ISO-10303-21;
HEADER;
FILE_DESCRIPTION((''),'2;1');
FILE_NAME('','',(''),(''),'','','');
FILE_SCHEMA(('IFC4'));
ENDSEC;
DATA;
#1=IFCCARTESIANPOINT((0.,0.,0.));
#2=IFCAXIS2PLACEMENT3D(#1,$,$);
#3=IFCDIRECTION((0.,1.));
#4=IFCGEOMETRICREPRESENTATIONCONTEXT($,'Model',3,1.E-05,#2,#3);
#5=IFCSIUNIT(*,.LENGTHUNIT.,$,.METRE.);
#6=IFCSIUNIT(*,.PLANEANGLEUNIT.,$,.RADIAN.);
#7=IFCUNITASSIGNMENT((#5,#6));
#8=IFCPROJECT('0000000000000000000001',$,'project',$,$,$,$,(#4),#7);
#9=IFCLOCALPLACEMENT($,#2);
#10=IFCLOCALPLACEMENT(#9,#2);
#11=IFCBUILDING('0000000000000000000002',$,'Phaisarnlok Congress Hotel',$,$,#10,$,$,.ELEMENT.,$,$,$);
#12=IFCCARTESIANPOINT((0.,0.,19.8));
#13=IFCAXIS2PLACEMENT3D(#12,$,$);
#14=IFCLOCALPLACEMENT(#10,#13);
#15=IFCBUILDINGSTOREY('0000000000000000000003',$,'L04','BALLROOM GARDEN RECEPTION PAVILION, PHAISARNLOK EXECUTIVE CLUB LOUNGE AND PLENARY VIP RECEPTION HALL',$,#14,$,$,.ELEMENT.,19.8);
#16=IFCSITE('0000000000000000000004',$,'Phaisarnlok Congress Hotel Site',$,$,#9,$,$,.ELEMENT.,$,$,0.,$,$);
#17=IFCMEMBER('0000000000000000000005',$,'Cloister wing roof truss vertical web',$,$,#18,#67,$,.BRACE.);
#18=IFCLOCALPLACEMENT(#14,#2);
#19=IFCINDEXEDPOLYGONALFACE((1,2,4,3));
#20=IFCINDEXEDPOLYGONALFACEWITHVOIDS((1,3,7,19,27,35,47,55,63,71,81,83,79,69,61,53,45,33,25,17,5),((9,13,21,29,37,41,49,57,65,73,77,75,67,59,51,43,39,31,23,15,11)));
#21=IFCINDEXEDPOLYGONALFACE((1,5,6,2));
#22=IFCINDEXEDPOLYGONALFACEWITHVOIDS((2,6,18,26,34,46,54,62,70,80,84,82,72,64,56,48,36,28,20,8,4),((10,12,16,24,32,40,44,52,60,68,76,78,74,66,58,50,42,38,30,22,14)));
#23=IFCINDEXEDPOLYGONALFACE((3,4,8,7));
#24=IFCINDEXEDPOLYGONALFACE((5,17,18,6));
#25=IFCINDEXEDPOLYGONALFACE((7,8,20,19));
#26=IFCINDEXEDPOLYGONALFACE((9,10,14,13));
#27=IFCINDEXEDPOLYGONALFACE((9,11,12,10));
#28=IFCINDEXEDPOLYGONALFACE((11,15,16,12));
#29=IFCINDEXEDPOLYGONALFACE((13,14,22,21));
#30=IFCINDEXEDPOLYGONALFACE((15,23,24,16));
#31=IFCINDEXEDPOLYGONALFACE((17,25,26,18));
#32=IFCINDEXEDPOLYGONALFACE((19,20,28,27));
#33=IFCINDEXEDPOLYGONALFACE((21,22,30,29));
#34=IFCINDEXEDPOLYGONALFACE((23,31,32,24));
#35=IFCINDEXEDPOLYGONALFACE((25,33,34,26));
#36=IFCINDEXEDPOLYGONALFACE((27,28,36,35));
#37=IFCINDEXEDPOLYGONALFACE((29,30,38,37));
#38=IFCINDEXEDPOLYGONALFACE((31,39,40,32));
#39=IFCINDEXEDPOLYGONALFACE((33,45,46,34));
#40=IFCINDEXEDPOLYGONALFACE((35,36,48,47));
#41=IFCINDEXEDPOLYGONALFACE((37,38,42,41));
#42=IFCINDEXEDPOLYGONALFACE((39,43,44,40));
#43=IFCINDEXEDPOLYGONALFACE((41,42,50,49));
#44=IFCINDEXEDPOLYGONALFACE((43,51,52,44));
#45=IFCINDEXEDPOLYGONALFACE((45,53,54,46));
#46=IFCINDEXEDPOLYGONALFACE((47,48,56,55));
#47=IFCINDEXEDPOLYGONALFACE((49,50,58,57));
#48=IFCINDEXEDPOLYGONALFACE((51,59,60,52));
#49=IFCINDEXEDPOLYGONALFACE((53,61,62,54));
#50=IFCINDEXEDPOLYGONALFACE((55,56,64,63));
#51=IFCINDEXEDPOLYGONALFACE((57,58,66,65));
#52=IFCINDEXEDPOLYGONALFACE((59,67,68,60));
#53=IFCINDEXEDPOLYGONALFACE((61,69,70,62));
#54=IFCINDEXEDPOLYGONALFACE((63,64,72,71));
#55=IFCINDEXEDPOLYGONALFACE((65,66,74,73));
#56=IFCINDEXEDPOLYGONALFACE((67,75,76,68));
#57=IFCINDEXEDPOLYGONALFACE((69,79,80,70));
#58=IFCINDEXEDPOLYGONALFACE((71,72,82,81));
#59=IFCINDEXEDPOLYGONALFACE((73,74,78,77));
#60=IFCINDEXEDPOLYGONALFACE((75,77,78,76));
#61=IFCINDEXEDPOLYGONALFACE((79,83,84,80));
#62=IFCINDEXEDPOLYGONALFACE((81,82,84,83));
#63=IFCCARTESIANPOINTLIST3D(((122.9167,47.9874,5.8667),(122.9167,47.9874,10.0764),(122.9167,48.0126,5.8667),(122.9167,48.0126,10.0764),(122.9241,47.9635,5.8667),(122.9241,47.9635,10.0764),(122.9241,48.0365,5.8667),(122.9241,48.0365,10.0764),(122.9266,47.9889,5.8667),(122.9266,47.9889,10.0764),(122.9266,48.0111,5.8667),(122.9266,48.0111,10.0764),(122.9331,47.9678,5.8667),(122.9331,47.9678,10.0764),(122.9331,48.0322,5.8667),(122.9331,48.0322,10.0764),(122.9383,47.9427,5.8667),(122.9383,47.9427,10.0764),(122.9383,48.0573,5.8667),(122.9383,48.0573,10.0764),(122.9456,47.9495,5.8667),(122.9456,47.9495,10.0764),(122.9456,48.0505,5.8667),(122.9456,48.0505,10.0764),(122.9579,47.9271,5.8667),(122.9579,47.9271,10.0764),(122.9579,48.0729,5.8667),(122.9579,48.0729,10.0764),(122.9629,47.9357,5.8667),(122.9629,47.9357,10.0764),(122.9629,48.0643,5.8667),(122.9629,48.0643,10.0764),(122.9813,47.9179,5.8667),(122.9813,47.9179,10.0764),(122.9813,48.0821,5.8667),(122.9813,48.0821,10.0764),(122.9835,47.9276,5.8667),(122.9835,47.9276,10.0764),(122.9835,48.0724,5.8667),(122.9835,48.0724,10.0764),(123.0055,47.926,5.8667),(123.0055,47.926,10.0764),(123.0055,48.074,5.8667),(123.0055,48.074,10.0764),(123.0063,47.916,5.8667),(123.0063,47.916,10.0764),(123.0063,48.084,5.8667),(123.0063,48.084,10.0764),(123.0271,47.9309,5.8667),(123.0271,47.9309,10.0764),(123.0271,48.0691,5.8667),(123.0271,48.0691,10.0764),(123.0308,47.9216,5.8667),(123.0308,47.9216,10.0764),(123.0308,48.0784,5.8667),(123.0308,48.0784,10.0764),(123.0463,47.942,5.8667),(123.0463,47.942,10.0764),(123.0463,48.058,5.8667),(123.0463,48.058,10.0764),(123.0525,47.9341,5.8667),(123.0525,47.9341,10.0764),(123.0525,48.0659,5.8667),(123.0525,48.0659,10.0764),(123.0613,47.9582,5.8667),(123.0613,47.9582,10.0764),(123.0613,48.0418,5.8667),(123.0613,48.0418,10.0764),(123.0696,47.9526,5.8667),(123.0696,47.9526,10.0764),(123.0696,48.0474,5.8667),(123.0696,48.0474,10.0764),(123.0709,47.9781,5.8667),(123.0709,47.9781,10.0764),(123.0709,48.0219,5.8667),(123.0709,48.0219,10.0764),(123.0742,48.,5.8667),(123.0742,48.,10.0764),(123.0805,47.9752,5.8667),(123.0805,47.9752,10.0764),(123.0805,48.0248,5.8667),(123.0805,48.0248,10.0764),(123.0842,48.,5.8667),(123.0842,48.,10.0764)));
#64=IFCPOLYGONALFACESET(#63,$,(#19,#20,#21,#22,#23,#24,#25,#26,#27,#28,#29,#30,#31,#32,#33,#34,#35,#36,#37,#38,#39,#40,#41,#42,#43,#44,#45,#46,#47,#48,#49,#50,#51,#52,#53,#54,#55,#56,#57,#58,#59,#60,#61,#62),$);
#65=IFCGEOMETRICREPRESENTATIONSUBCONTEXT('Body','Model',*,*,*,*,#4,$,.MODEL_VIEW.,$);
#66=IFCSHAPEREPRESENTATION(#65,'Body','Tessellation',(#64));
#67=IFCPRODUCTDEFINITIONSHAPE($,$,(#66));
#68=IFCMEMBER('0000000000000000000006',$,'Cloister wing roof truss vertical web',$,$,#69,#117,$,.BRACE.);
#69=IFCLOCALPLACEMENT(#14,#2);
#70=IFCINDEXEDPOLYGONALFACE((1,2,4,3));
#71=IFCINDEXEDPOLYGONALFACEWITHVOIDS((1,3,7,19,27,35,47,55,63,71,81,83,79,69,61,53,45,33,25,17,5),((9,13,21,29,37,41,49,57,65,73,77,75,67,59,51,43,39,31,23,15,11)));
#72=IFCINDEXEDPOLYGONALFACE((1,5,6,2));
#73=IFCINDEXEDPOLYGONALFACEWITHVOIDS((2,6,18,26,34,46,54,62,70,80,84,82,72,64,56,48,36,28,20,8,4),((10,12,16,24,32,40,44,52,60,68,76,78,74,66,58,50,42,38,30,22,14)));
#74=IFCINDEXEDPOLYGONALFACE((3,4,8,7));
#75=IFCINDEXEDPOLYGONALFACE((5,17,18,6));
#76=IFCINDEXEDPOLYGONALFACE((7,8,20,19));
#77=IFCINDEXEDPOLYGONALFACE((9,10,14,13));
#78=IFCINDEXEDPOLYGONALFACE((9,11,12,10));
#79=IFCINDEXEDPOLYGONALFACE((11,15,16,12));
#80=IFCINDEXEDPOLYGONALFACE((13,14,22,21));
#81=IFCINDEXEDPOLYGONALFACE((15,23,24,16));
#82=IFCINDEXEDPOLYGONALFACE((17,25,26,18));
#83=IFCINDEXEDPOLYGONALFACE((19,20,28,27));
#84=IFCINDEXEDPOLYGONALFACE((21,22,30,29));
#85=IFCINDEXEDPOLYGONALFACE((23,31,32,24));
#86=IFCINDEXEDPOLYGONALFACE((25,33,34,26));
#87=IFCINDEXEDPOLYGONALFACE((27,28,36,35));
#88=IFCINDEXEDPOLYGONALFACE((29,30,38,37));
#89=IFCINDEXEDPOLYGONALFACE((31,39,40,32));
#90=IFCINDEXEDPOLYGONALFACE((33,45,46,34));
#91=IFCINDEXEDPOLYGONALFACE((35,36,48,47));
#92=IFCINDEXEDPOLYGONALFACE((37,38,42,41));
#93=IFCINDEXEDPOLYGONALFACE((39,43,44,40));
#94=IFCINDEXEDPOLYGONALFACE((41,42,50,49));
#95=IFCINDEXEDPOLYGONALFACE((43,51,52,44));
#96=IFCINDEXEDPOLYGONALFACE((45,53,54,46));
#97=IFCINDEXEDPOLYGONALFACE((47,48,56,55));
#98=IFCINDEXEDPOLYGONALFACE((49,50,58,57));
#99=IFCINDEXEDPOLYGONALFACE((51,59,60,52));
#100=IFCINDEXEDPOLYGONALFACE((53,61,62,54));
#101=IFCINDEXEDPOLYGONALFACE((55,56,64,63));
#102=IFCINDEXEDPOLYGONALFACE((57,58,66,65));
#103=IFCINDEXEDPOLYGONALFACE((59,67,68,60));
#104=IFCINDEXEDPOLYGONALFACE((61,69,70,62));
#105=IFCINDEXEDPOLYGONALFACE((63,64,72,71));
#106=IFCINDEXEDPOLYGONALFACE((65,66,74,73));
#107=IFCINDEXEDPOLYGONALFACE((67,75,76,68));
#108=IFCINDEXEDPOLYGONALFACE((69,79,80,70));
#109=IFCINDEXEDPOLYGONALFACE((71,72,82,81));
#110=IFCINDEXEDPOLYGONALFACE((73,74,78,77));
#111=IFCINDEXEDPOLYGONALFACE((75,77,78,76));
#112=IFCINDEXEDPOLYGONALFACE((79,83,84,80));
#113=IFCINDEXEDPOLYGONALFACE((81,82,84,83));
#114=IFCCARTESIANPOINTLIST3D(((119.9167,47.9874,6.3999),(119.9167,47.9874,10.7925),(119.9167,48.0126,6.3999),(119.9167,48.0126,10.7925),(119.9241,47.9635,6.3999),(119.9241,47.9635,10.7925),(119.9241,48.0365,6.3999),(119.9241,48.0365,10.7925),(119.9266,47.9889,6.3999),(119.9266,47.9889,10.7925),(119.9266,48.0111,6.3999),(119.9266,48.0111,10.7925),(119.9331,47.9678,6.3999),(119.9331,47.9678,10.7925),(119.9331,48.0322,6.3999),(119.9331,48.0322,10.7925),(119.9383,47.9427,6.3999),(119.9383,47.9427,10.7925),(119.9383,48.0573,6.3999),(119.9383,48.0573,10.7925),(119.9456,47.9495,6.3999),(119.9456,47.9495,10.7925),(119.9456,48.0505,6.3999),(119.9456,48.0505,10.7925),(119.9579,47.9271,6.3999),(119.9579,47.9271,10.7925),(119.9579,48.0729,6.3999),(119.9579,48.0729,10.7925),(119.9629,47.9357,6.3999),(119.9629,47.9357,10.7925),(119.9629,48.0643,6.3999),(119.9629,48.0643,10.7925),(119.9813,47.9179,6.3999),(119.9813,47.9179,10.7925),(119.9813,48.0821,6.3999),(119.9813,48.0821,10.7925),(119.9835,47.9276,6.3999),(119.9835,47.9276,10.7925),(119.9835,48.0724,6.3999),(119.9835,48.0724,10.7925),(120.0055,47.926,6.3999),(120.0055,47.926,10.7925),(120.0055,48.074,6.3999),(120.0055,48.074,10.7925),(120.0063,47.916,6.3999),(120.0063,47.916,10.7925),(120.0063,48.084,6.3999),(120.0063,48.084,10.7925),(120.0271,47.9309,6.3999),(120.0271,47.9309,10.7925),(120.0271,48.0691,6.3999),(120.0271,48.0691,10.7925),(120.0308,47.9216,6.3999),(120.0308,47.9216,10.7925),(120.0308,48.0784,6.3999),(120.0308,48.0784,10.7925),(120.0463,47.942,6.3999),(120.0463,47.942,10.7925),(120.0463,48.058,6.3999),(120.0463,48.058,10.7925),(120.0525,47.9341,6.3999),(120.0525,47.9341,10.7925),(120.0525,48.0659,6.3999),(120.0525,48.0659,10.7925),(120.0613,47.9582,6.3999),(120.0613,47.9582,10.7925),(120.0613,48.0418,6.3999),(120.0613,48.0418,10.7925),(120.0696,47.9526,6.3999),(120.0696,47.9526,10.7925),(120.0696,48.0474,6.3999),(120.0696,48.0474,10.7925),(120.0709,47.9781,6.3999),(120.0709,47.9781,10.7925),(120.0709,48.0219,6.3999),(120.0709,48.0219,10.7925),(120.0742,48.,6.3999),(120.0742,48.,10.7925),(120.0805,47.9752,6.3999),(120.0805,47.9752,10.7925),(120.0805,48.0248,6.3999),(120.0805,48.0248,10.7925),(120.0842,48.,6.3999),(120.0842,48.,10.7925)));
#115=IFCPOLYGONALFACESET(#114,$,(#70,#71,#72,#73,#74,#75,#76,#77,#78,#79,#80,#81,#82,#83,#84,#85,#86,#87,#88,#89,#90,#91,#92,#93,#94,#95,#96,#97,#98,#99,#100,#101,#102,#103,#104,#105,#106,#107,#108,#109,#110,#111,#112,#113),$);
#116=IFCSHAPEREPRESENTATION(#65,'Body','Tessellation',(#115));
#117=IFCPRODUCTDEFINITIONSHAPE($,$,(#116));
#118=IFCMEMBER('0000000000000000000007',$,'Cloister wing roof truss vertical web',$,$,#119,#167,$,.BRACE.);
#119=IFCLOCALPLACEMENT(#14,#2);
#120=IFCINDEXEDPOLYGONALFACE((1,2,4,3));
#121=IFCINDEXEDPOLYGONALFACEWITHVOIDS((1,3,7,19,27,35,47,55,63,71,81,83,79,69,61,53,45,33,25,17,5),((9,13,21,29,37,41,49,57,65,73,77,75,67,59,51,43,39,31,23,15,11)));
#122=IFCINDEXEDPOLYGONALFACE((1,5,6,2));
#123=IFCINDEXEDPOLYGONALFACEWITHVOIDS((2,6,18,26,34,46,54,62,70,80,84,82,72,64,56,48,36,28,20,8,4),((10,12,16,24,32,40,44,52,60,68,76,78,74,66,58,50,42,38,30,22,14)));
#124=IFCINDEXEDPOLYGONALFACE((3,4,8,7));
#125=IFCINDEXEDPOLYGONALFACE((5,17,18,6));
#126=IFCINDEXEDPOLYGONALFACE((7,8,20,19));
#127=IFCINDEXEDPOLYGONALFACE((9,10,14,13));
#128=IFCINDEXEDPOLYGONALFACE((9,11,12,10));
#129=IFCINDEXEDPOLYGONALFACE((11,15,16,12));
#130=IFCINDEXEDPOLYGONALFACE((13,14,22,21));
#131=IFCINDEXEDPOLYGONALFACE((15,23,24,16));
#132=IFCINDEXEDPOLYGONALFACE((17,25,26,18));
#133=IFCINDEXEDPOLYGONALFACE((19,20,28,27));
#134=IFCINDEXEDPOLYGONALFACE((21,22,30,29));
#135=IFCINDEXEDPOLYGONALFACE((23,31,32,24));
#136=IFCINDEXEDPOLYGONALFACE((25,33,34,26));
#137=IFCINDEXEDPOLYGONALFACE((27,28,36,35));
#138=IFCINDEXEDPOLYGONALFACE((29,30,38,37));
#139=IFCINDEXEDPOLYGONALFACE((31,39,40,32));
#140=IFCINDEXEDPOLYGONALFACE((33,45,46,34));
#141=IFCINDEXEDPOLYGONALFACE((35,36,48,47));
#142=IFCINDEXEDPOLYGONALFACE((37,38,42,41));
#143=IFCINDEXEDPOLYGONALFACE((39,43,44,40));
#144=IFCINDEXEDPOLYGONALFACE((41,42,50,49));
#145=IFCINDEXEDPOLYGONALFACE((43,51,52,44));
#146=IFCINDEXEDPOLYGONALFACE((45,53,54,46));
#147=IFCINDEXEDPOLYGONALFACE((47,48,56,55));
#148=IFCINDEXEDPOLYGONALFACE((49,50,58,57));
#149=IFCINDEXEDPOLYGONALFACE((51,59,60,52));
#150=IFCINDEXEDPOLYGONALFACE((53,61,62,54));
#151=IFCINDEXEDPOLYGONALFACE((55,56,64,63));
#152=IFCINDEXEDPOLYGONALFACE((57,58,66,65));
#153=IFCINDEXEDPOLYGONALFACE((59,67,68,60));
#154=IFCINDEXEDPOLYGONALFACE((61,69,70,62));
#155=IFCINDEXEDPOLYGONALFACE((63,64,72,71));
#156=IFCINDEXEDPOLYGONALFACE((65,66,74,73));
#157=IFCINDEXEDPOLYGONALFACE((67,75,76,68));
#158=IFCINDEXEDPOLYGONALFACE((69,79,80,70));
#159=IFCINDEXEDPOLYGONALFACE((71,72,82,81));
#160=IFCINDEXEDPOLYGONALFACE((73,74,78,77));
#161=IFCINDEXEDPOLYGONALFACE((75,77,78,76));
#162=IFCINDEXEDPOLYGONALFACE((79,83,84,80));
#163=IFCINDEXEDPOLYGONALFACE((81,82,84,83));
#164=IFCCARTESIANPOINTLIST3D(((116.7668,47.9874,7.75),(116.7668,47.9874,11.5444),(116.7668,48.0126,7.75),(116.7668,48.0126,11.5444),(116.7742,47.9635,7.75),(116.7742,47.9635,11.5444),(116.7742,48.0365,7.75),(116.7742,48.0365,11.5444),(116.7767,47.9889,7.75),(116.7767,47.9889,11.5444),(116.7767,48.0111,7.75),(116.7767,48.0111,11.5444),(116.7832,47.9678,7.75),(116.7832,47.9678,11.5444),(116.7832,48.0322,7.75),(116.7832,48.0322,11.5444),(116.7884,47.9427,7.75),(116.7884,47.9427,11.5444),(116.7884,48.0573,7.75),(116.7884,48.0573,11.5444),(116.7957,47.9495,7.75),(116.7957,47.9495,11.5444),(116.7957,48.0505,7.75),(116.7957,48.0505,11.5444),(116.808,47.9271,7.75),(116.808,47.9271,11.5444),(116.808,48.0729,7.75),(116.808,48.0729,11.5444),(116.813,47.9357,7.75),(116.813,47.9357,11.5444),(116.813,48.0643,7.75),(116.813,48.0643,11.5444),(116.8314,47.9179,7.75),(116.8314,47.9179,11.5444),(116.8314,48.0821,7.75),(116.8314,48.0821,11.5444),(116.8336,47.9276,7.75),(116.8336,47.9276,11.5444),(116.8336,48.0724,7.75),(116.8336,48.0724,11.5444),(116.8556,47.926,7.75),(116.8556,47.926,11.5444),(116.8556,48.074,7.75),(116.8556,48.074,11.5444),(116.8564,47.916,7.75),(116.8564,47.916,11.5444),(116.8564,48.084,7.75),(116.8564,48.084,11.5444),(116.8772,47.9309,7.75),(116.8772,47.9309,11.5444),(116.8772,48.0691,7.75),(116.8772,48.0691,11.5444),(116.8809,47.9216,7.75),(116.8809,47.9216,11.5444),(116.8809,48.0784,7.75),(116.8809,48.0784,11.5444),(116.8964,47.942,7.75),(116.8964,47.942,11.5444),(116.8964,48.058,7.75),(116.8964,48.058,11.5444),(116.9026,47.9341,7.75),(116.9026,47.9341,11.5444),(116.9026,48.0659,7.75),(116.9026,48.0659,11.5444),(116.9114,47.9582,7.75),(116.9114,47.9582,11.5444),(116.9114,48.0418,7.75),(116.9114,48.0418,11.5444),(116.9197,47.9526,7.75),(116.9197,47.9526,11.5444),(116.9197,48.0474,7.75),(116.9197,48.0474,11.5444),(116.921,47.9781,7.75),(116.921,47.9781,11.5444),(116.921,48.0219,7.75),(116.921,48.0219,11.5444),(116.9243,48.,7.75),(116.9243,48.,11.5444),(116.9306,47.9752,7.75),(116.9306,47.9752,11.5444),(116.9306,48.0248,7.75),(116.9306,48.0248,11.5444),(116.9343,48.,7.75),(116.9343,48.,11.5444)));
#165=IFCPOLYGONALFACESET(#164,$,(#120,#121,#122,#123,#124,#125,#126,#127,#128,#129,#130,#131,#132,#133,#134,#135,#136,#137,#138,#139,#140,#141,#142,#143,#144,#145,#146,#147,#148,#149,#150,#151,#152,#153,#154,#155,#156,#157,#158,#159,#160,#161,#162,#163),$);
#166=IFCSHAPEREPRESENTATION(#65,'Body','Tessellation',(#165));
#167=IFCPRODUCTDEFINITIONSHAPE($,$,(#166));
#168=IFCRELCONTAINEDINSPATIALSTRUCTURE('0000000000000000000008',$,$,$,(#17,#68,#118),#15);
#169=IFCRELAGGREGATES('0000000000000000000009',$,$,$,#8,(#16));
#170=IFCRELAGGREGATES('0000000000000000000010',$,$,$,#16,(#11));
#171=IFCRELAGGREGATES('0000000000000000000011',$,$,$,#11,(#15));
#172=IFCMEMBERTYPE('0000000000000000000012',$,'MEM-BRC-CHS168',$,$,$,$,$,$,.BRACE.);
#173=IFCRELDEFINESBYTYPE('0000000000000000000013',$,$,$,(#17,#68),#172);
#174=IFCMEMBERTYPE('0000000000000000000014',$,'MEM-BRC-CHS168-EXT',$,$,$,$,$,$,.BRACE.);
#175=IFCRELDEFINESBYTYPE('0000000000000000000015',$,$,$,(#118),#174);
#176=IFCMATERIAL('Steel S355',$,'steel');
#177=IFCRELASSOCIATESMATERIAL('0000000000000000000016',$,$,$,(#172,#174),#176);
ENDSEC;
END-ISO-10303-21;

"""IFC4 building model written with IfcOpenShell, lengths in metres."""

from ifc_helpers import new_model, si_unit, direction, frame, origin, origin_2d, place, context, subcontext, project, spatial, hollow_circle, extrude, material, material_profile, profile_set, type_object, element, save


model = new_model("IFC4")

# Units and contexts
model_context = context("Model", 3, precision=1e-05, world=origin(), true_north=direction((0.0, 1.0)))
body_context = subcontext(model_context, "Body", "Model", "MODEL_VIEW")
ifc_project = project(units=[si_unit("LENGTHUNIT", "METRE"), si_unit("PLANEANGLEUNIT", "RADIAN")], contexts=[model_context])

# Site, building, storey
site_placement = place(None, origin())
site = spatial("IfcSite", under=ifc_project, at=site_placement, Name="Phaisarnlok Congress Hotel Site", CompositionType="ELEMENT", RefElevation=0.0)
building_placement = place(site_placement, origin())
building = spatial("IfcBuilding", under=site, at=building_placement, Name="Phaisarnlok Congress Hotel", CompositionType="ELEMENT")
storey_placement = place(building_placement, frame((0.0, 0.0, 19.8)))
storey = spatial("IfcBuildingStorey", under=building, at=storey_placement, Name="L04", Description="BALLROOM GARDEN RECEPTION PAVILION, PHAISARNLOK EXECUTIVE CLUB LOUNGE AND PLENARY VIP RECEPTION HALL", CompositionType="ELEMENT", Elevation=19.8)

# Shared definitions
ifc_material_1 = material(Name="Steel S355", Category="steel")

# Members
ifc_material_profile_1 = material_profile(ifc_material_1, hollow_circle(Radius=0.0842, WallThickness=0.01, at=origin_2d()), Name="CHS 168.3x10")
ifc_profile_set_1 = profile_set([ifc_material_profile_1], Name="Steel S355")
member_type_1 = type_object("IfcMemberType", Name="MEM-BRC-CHS168", PredefinedType="BRACE", material=ifc_profile_set_1)
member_1_placement = place(storey_placement, frame((123.0, 48.0, 5.8667), z_axis=(0.0, 0.0, 1.0), x_axis=(1.0, 0.0, 0.0)))
element("IfcMember", 1, at=member_1_placement, inside=storey, type_object=member_type_1, Name="Cloister wing roof truss vertical web", PredefinedType="BRACE", context=body_context, shape_type="SweptSolid", body=[
    extrude(hollow_circle(Radius=0.0842, WallThickness=0.01, at=origin_2d()), origin(), (0.0, 0.0, 1.0), 4.2097),
])
member_2_placement = place(storey_placement, frame((120.0, 48.0, 6.3999), z_axis=(0.0, 0.0, 1.0), x_axis=(1.0, 0.0, 0.0)))
element("IfcMember", 2, at=member_2_placement, inside=storey, type_object=member_type_1, Name="Cloister wing roof truss vertical web", PredefinedType="BRACE", context=body_context, shape_type="SweptSolid", body=[
    extrude(hollow_circle(Radius=0.0842, WallThickness=0.01, at=origin_2d()), origin(), (0.0, 0.0, 1.0), 4.3926),
])
ifc_material_profile_2 = material_profile(ifc_material_1, hollow_circle(Radius=0.0842, WallThickness=0.01, at=origin_2d()), Name="CHS 168.3x10")
ifc_profile_set_2 = profile_set([ifc_material_profile_2], Name="Steel S355")
member_type_2 = type_object("IfcMemberType", Name="MEM-BRC-CHS168-EXT", PredefinedType="BRACE", material=ifc_profile_set_2)
member_3_placement = place(storey_placement, frame((116.8501, 48.0, 7.75), z_axis=(0.0, 0.0, 1.0), x_axis=(1.0, 0.0, 0.0)))
element("IfcMember", 3, at=member_3_placement, inside=storey, type_object=member_type_2, Name="Cloister wing roof truss vertical web", PredefinedType="BRACE", context=body_context, shape_type="SweptSolid", body=[
    extrude(hollow_circle(Radius=0.0842, WallThickness=0.01, at=origin_2d()), origin(), (0.0, 0.0, 1.0), 3.7944),
])

save(model, "model.ifc")
